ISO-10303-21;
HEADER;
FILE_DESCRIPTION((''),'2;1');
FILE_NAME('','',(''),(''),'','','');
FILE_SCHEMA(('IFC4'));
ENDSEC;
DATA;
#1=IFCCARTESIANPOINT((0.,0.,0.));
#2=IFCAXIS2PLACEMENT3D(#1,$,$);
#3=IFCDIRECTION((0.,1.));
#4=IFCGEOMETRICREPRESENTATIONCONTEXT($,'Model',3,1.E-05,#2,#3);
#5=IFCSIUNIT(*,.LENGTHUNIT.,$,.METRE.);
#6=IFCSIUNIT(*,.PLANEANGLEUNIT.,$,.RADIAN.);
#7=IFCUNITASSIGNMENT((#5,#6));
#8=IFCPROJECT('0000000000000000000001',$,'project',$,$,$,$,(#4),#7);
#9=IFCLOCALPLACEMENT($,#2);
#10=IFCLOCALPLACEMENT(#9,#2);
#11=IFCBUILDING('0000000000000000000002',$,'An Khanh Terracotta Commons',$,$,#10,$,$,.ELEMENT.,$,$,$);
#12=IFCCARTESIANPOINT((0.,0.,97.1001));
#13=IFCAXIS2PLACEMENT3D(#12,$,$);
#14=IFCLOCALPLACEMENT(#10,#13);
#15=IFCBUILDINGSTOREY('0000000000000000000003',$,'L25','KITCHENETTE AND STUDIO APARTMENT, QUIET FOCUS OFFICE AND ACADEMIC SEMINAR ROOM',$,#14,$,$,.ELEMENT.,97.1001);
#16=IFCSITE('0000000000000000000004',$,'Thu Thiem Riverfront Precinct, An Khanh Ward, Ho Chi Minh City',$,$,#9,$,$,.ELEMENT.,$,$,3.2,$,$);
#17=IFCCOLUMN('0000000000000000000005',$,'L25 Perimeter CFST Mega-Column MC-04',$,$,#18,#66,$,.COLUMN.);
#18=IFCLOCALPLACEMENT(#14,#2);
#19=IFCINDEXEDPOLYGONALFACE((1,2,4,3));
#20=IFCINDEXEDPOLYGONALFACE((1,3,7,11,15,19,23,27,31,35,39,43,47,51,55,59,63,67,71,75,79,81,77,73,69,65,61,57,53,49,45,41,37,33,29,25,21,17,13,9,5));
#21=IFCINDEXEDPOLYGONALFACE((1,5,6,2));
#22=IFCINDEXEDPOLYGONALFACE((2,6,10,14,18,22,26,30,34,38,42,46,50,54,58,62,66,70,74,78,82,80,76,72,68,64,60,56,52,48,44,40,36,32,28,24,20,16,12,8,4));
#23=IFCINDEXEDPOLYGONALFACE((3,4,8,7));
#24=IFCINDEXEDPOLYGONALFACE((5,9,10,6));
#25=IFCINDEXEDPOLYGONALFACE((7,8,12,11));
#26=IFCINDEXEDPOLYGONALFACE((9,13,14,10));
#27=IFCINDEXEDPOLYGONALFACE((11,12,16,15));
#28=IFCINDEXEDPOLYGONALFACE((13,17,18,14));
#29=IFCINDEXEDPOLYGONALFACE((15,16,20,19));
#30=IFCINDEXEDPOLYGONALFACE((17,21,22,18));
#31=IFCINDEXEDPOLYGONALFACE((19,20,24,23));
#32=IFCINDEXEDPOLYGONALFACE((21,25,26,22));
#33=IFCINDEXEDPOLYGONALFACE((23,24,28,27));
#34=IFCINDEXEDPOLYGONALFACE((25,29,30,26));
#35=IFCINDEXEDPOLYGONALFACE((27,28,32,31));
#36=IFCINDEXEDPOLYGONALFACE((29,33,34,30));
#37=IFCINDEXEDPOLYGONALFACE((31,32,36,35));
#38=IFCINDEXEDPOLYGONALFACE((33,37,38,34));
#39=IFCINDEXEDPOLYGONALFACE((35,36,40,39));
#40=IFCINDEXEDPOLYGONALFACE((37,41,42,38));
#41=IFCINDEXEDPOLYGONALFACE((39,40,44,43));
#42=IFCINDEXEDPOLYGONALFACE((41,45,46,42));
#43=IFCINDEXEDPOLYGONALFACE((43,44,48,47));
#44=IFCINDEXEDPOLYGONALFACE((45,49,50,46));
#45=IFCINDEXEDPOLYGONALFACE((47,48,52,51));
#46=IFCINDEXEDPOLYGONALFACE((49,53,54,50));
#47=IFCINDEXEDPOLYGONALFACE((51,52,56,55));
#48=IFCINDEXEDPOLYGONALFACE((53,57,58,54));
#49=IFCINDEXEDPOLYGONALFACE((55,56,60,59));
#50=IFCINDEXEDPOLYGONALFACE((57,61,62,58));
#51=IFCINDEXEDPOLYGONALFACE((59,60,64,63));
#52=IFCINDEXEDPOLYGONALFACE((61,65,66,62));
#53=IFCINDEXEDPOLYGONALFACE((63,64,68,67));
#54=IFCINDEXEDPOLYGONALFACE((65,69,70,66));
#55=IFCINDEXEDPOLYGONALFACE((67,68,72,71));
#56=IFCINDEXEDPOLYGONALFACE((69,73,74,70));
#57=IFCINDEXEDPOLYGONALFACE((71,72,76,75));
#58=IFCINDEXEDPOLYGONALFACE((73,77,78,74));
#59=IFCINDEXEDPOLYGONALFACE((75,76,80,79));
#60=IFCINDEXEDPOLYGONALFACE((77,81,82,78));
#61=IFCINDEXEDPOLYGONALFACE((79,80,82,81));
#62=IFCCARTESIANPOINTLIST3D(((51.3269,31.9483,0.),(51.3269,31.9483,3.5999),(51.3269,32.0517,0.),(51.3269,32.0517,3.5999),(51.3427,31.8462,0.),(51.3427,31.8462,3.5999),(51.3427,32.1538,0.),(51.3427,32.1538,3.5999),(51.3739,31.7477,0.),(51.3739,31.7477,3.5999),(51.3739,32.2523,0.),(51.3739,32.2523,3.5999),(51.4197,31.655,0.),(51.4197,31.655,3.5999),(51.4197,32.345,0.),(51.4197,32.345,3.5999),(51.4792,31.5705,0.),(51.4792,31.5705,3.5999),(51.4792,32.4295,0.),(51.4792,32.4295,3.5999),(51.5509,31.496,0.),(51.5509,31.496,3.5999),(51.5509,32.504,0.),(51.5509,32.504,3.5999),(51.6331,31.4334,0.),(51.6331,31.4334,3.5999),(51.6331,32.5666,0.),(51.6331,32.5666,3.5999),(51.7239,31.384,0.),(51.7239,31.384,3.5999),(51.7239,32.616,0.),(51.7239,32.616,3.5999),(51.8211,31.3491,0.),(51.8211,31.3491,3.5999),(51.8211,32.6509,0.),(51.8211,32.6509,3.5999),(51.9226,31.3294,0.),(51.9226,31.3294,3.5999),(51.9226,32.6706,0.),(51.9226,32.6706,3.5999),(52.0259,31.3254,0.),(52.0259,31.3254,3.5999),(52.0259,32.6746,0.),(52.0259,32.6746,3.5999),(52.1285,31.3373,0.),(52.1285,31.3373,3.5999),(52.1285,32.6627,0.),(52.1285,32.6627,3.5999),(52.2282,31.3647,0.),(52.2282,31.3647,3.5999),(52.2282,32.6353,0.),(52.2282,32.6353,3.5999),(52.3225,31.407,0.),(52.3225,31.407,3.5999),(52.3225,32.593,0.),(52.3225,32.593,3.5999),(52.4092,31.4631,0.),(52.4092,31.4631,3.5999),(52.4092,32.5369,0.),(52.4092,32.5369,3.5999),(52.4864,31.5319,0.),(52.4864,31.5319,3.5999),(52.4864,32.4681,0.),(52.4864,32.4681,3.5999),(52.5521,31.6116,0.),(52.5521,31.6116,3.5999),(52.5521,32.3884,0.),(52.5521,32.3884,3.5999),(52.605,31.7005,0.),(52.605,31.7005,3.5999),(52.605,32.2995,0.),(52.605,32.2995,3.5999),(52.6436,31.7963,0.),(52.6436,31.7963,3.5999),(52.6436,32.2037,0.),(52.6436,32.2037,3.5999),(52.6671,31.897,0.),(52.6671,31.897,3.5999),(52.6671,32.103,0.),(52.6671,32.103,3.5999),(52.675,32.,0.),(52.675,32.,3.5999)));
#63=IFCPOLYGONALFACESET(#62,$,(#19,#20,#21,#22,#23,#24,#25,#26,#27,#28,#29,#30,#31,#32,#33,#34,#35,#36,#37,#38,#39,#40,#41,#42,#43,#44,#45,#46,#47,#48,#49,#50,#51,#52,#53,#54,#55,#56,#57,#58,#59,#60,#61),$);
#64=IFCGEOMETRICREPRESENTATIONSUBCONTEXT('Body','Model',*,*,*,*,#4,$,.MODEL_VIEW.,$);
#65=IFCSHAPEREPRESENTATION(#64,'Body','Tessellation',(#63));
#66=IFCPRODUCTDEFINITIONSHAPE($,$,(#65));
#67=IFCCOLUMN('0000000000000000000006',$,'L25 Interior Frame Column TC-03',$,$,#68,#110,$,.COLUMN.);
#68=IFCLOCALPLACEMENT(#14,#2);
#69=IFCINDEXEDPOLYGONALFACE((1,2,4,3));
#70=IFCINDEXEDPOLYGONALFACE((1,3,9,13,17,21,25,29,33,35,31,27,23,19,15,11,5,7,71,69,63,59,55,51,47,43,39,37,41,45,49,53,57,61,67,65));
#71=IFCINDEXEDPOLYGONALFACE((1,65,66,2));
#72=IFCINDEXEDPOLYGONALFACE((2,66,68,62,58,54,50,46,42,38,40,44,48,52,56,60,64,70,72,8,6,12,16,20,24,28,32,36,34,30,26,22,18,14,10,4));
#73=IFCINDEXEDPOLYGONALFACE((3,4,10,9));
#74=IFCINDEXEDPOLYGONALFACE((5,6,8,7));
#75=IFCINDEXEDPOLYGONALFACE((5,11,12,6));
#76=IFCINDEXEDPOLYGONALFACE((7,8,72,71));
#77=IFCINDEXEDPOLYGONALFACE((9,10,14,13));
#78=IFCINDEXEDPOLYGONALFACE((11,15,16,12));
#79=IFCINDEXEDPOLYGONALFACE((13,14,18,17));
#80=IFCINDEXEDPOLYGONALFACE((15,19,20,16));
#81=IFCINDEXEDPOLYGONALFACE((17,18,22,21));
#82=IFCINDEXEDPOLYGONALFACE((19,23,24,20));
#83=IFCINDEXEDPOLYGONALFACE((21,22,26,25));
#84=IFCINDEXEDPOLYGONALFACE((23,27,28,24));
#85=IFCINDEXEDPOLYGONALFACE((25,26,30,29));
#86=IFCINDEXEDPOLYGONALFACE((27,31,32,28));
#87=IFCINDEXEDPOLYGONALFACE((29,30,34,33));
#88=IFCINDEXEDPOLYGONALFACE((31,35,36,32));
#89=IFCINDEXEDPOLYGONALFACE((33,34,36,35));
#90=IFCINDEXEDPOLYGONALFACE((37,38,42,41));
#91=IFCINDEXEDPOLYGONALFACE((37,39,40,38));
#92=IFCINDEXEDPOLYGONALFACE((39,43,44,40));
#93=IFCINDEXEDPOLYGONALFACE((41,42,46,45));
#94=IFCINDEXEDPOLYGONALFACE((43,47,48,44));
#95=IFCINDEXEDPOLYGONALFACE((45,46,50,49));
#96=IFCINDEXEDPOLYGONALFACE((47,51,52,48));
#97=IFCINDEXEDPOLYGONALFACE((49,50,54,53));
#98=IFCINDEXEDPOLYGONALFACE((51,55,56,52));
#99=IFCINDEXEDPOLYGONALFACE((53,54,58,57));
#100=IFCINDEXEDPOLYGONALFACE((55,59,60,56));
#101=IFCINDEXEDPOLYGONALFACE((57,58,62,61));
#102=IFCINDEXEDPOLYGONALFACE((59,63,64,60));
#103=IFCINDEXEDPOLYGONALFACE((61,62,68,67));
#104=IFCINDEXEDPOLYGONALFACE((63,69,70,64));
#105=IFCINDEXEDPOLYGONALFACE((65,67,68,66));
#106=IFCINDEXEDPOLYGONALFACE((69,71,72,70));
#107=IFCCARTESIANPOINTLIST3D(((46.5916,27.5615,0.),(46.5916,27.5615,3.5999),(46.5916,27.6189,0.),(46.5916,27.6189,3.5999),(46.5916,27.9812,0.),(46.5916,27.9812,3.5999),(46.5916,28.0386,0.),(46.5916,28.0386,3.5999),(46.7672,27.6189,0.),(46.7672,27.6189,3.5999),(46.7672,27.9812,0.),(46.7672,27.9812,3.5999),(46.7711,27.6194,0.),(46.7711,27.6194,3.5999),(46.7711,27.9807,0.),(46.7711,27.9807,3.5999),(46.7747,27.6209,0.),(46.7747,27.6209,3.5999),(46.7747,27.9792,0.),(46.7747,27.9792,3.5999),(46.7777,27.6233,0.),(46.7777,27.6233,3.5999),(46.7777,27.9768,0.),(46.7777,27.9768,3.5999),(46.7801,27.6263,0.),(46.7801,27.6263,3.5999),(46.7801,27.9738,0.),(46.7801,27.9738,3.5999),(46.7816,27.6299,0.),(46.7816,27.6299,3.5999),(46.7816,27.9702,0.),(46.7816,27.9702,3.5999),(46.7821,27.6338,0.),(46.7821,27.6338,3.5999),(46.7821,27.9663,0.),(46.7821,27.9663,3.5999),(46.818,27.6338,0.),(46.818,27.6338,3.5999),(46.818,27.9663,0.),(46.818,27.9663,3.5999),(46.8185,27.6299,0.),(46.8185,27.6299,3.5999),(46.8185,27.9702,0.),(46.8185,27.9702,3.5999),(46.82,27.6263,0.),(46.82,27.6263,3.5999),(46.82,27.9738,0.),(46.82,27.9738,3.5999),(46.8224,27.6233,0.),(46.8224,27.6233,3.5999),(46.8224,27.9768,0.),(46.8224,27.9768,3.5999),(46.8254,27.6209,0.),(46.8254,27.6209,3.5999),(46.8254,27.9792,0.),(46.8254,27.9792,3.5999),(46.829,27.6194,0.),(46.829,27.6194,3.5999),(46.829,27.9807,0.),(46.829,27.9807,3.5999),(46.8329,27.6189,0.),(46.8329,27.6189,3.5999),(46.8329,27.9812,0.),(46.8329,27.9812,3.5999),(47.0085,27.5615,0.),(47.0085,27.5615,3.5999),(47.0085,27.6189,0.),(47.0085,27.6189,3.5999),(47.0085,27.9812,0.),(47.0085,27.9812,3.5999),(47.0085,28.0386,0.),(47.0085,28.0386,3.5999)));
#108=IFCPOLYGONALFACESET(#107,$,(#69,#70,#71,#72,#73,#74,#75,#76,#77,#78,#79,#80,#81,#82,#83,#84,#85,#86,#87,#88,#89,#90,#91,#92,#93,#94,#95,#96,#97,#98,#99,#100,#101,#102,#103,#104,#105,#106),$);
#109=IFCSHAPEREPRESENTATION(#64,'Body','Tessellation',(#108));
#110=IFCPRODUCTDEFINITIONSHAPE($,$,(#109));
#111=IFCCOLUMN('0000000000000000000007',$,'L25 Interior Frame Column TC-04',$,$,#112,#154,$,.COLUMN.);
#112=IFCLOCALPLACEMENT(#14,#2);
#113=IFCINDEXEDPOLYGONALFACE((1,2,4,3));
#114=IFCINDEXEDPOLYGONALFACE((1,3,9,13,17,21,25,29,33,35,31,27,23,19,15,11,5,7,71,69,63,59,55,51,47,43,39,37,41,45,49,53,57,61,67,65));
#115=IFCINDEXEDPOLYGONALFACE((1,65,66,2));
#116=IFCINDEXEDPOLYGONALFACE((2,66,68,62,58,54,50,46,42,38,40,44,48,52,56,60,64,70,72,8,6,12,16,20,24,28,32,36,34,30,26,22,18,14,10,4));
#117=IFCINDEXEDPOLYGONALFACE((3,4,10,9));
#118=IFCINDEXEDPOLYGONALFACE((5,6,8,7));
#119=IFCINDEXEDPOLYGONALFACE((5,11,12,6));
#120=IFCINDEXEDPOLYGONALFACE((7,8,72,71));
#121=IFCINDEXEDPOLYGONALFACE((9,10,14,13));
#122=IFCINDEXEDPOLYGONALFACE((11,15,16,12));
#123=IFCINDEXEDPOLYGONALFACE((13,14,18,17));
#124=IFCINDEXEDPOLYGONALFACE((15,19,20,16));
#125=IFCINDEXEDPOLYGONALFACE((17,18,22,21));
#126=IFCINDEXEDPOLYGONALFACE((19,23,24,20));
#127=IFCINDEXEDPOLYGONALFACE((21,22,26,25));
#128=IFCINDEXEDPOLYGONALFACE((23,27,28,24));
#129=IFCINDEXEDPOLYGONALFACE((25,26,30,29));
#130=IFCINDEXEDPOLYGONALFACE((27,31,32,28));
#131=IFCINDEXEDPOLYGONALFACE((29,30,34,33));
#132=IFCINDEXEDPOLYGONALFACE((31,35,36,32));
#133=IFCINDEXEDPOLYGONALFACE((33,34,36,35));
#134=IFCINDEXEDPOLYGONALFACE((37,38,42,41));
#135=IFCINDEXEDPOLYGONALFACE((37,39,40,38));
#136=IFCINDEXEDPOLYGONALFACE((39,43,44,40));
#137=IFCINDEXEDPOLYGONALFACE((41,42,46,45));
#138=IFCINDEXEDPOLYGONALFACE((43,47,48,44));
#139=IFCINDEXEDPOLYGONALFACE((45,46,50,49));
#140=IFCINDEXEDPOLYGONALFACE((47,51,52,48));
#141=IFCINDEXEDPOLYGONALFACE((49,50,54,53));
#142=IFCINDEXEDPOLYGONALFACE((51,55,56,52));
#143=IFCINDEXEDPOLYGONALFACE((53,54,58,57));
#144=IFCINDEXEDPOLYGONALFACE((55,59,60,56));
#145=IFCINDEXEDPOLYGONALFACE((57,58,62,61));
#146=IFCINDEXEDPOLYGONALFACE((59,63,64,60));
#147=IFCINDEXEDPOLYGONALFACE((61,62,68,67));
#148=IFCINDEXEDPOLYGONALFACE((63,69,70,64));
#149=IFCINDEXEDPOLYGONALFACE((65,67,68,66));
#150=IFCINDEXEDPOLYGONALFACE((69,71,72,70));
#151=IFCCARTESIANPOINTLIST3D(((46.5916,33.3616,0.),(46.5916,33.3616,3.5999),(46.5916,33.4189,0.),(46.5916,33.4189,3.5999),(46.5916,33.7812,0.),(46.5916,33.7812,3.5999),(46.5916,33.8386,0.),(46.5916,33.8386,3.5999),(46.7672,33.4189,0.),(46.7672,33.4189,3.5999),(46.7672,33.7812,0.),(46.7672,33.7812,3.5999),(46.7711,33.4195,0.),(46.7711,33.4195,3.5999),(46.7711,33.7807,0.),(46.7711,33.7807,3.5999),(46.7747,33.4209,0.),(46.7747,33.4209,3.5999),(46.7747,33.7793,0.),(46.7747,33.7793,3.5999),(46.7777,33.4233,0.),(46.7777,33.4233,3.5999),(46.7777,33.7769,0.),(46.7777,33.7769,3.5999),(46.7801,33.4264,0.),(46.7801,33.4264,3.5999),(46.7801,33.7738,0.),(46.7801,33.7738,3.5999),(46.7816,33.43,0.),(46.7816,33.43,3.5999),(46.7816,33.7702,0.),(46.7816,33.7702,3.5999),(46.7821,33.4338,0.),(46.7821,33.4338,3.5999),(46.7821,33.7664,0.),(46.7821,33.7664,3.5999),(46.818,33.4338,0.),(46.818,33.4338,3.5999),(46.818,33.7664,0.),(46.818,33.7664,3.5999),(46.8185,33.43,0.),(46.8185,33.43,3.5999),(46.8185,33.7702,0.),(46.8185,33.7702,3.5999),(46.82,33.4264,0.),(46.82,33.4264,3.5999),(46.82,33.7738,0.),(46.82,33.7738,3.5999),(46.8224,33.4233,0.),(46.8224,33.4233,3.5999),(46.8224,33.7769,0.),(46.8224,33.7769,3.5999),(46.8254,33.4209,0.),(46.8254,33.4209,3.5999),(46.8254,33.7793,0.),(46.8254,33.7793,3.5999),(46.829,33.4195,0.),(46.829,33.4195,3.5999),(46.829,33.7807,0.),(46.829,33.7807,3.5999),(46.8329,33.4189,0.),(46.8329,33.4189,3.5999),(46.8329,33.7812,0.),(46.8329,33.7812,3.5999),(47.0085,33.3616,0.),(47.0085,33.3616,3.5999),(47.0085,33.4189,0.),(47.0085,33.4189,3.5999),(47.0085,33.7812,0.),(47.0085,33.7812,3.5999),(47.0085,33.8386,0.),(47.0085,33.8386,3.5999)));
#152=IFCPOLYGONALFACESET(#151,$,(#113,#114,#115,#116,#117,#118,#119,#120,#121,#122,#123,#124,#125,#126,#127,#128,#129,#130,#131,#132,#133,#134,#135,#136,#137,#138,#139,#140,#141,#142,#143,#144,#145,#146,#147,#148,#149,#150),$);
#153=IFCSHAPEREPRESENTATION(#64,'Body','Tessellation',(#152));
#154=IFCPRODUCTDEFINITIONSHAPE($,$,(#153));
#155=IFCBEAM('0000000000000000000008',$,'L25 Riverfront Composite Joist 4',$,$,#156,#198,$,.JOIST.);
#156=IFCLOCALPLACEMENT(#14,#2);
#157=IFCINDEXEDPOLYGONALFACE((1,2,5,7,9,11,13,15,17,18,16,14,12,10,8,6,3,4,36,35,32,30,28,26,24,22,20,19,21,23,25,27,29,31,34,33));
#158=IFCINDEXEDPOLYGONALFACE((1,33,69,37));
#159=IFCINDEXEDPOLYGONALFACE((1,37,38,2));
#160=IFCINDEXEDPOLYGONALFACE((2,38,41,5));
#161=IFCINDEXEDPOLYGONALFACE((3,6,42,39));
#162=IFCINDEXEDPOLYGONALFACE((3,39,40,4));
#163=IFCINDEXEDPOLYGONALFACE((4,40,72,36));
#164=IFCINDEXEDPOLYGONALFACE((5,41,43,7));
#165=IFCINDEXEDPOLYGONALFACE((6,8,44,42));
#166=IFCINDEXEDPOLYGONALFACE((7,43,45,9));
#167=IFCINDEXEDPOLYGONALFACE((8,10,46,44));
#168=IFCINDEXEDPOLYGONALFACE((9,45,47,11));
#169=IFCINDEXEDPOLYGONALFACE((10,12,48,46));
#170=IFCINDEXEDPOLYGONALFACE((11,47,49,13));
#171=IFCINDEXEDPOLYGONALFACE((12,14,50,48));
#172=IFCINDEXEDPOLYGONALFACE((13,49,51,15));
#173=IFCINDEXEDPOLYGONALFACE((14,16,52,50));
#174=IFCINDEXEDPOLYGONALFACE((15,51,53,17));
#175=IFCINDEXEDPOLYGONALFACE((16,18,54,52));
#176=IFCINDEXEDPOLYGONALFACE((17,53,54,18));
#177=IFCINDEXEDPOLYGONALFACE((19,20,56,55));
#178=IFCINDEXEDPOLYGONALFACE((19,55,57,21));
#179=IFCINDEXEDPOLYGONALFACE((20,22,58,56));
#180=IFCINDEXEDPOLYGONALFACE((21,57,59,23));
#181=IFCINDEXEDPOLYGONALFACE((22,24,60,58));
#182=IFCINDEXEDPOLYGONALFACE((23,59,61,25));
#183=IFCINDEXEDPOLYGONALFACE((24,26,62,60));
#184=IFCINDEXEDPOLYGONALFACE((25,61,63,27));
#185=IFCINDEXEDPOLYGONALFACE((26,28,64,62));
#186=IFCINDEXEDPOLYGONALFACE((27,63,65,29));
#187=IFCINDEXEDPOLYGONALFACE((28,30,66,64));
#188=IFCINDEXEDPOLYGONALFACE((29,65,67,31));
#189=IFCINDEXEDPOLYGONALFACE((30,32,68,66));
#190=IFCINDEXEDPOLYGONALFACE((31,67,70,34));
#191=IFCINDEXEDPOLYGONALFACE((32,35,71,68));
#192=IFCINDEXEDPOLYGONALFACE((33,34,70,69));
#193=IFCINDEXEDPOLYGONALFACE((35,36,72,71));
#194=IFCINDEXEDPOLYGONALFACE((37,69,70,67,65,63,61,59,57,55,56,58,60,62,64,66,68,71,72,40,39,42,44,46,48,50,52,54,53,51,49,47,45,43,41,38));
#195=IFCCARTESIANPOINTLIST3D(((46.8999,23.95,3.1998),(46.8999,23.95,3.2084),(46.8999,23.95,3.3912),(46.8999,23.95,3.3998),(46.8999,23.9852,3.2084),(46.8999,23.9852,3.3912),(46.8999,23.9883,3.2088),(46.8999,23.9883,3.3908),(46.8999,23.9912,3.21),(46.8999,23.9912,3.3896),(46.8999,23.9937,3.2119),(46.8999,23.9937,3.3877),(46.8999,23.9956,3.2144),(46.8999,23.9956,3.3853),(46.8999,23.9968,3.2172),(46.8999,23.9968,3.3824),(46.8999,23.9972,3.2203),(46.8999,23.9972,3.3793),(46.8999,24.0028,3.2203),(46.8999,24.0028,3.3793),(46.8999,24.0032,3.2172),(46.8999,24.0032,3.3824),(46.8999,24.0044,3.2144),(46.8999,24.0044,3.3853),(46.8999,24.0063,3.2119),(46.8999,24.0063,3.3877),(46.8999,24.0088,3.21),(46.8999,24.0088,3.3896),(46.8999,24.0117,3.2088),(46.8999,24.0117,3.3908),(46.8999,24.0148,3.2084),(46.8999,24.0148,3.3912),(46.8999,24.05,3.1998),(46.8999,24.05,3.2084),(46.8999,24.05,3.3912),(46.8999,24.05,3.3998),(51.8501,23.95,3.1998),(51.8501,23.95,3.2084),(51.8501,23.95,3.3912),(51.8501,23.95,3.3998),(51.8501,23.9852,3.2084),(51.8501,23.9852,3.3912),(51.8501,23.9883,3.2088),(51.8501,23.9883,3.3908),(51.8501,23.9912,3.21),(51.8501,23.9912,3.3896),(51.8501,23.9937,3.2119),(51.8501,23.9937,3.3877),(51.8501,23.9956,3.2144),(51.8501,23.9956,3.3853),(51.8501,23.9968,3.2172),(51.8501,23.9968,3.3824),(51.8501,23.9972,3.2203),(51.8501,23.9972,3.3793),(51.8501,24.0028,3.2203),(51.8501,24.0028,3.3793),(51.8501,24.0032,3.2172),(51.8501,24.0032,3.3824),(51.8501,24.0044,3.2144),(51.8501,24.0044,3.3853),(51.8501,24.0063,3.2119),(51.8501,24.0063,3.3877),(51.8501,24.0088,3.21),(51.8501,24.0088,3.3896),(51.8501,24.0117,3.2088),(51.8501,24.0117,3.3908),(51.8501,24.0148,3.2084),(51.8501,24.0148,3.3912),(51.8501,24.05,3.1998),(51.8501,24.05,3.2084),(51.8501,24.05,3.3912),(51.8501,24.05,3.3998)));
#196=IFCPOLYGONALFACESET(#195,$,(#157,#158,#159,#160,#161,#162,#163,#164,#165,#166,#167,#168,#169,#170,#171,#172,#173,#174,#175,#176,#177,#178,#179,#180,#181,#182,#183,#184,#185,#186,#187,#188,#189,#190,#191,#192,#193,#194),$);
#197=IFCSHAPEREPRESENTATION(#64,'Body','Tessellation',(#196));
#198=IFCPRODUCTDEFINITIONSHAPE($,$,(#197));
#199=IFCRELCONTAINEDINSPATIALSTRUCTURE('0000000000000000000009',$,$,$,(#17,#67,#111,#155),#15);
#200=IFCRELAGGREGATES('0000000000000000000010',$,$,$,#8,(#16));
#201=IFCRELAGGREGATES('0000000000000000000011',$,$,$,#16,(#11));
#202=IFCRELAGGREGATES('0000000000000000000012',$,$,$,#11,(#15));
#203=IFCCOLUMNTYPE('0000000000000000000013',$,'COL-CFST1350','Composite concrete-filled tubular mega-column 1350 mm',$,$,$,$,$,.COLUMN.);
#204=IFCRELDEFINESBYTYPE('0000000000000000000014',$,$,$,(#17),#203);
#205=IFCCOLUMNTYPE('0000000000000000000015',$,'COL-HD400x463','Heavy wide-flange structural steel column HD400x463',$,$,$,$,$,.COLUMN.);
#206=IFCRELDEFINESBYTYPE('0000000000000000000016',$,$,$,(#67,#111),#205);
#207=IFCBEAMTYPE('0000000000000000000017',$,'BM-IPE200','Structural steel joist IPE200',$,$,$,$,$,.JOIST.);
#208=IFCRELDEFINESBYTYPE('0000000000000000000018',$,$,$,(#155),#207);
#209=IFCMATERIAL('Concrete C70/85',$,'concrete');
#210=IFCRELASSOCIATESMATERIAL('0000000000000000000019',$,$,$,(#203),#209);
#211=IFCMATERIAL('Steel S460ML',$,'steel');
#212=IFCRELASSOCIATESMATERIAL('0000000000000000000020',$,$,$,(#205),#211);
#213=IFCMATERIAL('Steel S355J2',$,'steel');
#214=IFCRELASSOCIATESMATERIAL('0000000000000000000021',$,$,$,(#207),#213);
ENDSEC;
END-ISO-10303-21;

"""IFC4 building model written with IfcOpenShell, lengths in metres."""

from ifc_helpers import new_model, si_unit, direction, frame, origin, origin_2d, place, context, subcontext, project, spatial, circle, i_section, extrude, material, material_profile, profile_set, type_object, element, save


model = new_model("IFC4")

# Units and contexts
model_context = context("Model", 3, precision=1e-05, world=origin(), true_north=direction((0.0, 1.0)))
body_context = subcontext(model_context, "Body", "Model", "MODEL_VIEW")
ifc_project = project(units=[si_unit("LENGTHUNIT", "METRE"), si_unit("PLANEANGLEUNIT", "RADIAN")], contexts=[model_context])

# Site, building, storey
site_placement = place(None, origin())
site = spatial("IfcSite", under=ifc_project, at=site_placement, Name="Thu Thiem Riverfront Precinct, An Khanh Ward, Ho Chi Minh City", CompositionType="ELEMENT", RefElevation=3.2)
building_placement = place(site_placement, origin())
building = spatial("IfcBuilding", under=site, at=building_placement, Name="An Khanh Terracotta Commons", CompositionType="ELEMENT")
storey_placement = place(building_placement, frame((0.0, 0.0, 97.1001)))
storey = spatial("IfcBuildingStorey", under=building, at=storey_placement, Name="L25", Description="KITCHENETTE AND STUDIO APARTMENT, QUIET FOCUS OFFICE AND ACADEMIC SEMINAR ROOM", CompositionType="ELEMENT", Elevation=97.1001)

# Columns
ifc_material_1 = material(Name="Concrete C70/85", Category="concrete")
ifc_material_profile_1 = material_profile(ifc_material_1, circle(Radius=0.675, at=origin_2d()), Name="CFST1350")
ifc_profile_set_1 = profile_set([ifc_material_profile_1], Name="Concrete C70/85")
column_type_1 = type_object("IfcColumnType", Name="COL-CFST1350", Description="Composite concrete-filled tubular mega-column 1350 mm", PredefinedType="COLUMN", material=ifc_profile_set_1)
column_placement = place(storey_placement, frame((52.0, 32.0, 0.0), z_axis=(0.0, 0.0, 1.0), x_axis=(1.0, 0.0, 0.0)))
element("IfcColumn", 1, at=column_placement, inside=storey, type_object=column_type_1, Name="L25 Perimeter CFST Mega-Column MC-04", PredefinedType="COLUMN", context=body_context, shape_type="SweptSolid", body=[
    extrude(circle(Radius=0.675, at=origin_2d()), origin(), (0.0, 0.0, 1.0), 3.5999),
])
ifc_material_2 = material(Name="Steel S460ML", Category="steel")
ifc_material_profile_2 = material_profile(ifc_material_2, i_section(OverallWidth=0.417, OverallDepth=0.4771, WebThickness=0.0359, FlangeThickness=0.0574, FilletRadius=0.0149, at=origin_2d()), Name="HD400x463")
ifc_profile_set_2 = profile_set([ifc_material_profile_2], Name="Steel S460ML")
column_type_2 = type_object("IfcColumnType", Name="COL-HD400x463", Description="Heavy wide-flange structural steel column HD400x463", PredefinedType="COLUMN", material=ifc_profile_set_2)
for number, where, z_axis, x_axis, name in (
    (2, (46.8, 27.8, 0.0), (0.0, 0.0, 1.0), (1.0, 0.0, 0.0), "L25 Interior Frame Column TC-03"),
    (3, (46.8, 33.6001, 0.0), (0.0, 0.0, 1.0), (1.0, 0.0, 0.0), "L25 Interior Frame Column TC-04"),
):
    element("IfcColumn", number, at=place(storey_placement, frame(where, z_axis=z_axis, x_axis=x_axis)), inside=storey, type_object=column_type_2, Name=name, PredefinedType="COLUMN", context=body_context, shape_type="SweptSolid", body=[
        extrude(i_section(OverallWidth=0.417, OverallDepth=0.4771, WebThickness=0.0359, FlangeThickness=0.0574, FilletRadius=0.0149, at=origin_2d()), origin(), (0.0, 0.0, 1.0), 3.5999),
    ])

# Beam
ifc_material_3 = material(Name="Steel S355J2", Category="steel")
ifc_material_profile_3 = material_profile(ifc_material_3, i_section(OverallWidth=0.1001, OverallDepth=0.2, WebThickness=0.0056, FlangeThickness=0.0085, FilletRadius=0.012, at=origin_2d()), Name="IPE200")
ifc_profile_set_3 = profile_set([ifc_material_profile_3], Name="Steel S355J2")
beam_type_1 = type_object("IfcBeamType", Name="BM-IPE200", Description="Structural steel joist IPE200", PredefinedType="JOIST", material=ifc_profile_set_3)
for number, where, z_axis, x_axis, name in (
    (4, (46.8999, 24.0, 3.2998), (1.0, 0.0, 0.0), (0.0, 1.0, 0.0), "L25 Riverfront Composite Joist 4"),
):
    element("IfcBeam", number, at=place(storey_placement, frame(where, z_axis=z_axis, x_axis=x_axis)), inside=storey, type_object=beam_type_1, Name=name, PredefinedType="JOIST", context=body_context, shape_type="SweptSolid", body=[
        extrude(i_section(OverallWidth=0.1001, OverallDepth=0.2, WebThickness=0.0056, FlangeThickness=0.0085, FilletRadius=0.012, at=origin_2d()), origin(), (0.0, 0.0, 1.0), 4.9502),
    ])

save(model, "model.ifc")
